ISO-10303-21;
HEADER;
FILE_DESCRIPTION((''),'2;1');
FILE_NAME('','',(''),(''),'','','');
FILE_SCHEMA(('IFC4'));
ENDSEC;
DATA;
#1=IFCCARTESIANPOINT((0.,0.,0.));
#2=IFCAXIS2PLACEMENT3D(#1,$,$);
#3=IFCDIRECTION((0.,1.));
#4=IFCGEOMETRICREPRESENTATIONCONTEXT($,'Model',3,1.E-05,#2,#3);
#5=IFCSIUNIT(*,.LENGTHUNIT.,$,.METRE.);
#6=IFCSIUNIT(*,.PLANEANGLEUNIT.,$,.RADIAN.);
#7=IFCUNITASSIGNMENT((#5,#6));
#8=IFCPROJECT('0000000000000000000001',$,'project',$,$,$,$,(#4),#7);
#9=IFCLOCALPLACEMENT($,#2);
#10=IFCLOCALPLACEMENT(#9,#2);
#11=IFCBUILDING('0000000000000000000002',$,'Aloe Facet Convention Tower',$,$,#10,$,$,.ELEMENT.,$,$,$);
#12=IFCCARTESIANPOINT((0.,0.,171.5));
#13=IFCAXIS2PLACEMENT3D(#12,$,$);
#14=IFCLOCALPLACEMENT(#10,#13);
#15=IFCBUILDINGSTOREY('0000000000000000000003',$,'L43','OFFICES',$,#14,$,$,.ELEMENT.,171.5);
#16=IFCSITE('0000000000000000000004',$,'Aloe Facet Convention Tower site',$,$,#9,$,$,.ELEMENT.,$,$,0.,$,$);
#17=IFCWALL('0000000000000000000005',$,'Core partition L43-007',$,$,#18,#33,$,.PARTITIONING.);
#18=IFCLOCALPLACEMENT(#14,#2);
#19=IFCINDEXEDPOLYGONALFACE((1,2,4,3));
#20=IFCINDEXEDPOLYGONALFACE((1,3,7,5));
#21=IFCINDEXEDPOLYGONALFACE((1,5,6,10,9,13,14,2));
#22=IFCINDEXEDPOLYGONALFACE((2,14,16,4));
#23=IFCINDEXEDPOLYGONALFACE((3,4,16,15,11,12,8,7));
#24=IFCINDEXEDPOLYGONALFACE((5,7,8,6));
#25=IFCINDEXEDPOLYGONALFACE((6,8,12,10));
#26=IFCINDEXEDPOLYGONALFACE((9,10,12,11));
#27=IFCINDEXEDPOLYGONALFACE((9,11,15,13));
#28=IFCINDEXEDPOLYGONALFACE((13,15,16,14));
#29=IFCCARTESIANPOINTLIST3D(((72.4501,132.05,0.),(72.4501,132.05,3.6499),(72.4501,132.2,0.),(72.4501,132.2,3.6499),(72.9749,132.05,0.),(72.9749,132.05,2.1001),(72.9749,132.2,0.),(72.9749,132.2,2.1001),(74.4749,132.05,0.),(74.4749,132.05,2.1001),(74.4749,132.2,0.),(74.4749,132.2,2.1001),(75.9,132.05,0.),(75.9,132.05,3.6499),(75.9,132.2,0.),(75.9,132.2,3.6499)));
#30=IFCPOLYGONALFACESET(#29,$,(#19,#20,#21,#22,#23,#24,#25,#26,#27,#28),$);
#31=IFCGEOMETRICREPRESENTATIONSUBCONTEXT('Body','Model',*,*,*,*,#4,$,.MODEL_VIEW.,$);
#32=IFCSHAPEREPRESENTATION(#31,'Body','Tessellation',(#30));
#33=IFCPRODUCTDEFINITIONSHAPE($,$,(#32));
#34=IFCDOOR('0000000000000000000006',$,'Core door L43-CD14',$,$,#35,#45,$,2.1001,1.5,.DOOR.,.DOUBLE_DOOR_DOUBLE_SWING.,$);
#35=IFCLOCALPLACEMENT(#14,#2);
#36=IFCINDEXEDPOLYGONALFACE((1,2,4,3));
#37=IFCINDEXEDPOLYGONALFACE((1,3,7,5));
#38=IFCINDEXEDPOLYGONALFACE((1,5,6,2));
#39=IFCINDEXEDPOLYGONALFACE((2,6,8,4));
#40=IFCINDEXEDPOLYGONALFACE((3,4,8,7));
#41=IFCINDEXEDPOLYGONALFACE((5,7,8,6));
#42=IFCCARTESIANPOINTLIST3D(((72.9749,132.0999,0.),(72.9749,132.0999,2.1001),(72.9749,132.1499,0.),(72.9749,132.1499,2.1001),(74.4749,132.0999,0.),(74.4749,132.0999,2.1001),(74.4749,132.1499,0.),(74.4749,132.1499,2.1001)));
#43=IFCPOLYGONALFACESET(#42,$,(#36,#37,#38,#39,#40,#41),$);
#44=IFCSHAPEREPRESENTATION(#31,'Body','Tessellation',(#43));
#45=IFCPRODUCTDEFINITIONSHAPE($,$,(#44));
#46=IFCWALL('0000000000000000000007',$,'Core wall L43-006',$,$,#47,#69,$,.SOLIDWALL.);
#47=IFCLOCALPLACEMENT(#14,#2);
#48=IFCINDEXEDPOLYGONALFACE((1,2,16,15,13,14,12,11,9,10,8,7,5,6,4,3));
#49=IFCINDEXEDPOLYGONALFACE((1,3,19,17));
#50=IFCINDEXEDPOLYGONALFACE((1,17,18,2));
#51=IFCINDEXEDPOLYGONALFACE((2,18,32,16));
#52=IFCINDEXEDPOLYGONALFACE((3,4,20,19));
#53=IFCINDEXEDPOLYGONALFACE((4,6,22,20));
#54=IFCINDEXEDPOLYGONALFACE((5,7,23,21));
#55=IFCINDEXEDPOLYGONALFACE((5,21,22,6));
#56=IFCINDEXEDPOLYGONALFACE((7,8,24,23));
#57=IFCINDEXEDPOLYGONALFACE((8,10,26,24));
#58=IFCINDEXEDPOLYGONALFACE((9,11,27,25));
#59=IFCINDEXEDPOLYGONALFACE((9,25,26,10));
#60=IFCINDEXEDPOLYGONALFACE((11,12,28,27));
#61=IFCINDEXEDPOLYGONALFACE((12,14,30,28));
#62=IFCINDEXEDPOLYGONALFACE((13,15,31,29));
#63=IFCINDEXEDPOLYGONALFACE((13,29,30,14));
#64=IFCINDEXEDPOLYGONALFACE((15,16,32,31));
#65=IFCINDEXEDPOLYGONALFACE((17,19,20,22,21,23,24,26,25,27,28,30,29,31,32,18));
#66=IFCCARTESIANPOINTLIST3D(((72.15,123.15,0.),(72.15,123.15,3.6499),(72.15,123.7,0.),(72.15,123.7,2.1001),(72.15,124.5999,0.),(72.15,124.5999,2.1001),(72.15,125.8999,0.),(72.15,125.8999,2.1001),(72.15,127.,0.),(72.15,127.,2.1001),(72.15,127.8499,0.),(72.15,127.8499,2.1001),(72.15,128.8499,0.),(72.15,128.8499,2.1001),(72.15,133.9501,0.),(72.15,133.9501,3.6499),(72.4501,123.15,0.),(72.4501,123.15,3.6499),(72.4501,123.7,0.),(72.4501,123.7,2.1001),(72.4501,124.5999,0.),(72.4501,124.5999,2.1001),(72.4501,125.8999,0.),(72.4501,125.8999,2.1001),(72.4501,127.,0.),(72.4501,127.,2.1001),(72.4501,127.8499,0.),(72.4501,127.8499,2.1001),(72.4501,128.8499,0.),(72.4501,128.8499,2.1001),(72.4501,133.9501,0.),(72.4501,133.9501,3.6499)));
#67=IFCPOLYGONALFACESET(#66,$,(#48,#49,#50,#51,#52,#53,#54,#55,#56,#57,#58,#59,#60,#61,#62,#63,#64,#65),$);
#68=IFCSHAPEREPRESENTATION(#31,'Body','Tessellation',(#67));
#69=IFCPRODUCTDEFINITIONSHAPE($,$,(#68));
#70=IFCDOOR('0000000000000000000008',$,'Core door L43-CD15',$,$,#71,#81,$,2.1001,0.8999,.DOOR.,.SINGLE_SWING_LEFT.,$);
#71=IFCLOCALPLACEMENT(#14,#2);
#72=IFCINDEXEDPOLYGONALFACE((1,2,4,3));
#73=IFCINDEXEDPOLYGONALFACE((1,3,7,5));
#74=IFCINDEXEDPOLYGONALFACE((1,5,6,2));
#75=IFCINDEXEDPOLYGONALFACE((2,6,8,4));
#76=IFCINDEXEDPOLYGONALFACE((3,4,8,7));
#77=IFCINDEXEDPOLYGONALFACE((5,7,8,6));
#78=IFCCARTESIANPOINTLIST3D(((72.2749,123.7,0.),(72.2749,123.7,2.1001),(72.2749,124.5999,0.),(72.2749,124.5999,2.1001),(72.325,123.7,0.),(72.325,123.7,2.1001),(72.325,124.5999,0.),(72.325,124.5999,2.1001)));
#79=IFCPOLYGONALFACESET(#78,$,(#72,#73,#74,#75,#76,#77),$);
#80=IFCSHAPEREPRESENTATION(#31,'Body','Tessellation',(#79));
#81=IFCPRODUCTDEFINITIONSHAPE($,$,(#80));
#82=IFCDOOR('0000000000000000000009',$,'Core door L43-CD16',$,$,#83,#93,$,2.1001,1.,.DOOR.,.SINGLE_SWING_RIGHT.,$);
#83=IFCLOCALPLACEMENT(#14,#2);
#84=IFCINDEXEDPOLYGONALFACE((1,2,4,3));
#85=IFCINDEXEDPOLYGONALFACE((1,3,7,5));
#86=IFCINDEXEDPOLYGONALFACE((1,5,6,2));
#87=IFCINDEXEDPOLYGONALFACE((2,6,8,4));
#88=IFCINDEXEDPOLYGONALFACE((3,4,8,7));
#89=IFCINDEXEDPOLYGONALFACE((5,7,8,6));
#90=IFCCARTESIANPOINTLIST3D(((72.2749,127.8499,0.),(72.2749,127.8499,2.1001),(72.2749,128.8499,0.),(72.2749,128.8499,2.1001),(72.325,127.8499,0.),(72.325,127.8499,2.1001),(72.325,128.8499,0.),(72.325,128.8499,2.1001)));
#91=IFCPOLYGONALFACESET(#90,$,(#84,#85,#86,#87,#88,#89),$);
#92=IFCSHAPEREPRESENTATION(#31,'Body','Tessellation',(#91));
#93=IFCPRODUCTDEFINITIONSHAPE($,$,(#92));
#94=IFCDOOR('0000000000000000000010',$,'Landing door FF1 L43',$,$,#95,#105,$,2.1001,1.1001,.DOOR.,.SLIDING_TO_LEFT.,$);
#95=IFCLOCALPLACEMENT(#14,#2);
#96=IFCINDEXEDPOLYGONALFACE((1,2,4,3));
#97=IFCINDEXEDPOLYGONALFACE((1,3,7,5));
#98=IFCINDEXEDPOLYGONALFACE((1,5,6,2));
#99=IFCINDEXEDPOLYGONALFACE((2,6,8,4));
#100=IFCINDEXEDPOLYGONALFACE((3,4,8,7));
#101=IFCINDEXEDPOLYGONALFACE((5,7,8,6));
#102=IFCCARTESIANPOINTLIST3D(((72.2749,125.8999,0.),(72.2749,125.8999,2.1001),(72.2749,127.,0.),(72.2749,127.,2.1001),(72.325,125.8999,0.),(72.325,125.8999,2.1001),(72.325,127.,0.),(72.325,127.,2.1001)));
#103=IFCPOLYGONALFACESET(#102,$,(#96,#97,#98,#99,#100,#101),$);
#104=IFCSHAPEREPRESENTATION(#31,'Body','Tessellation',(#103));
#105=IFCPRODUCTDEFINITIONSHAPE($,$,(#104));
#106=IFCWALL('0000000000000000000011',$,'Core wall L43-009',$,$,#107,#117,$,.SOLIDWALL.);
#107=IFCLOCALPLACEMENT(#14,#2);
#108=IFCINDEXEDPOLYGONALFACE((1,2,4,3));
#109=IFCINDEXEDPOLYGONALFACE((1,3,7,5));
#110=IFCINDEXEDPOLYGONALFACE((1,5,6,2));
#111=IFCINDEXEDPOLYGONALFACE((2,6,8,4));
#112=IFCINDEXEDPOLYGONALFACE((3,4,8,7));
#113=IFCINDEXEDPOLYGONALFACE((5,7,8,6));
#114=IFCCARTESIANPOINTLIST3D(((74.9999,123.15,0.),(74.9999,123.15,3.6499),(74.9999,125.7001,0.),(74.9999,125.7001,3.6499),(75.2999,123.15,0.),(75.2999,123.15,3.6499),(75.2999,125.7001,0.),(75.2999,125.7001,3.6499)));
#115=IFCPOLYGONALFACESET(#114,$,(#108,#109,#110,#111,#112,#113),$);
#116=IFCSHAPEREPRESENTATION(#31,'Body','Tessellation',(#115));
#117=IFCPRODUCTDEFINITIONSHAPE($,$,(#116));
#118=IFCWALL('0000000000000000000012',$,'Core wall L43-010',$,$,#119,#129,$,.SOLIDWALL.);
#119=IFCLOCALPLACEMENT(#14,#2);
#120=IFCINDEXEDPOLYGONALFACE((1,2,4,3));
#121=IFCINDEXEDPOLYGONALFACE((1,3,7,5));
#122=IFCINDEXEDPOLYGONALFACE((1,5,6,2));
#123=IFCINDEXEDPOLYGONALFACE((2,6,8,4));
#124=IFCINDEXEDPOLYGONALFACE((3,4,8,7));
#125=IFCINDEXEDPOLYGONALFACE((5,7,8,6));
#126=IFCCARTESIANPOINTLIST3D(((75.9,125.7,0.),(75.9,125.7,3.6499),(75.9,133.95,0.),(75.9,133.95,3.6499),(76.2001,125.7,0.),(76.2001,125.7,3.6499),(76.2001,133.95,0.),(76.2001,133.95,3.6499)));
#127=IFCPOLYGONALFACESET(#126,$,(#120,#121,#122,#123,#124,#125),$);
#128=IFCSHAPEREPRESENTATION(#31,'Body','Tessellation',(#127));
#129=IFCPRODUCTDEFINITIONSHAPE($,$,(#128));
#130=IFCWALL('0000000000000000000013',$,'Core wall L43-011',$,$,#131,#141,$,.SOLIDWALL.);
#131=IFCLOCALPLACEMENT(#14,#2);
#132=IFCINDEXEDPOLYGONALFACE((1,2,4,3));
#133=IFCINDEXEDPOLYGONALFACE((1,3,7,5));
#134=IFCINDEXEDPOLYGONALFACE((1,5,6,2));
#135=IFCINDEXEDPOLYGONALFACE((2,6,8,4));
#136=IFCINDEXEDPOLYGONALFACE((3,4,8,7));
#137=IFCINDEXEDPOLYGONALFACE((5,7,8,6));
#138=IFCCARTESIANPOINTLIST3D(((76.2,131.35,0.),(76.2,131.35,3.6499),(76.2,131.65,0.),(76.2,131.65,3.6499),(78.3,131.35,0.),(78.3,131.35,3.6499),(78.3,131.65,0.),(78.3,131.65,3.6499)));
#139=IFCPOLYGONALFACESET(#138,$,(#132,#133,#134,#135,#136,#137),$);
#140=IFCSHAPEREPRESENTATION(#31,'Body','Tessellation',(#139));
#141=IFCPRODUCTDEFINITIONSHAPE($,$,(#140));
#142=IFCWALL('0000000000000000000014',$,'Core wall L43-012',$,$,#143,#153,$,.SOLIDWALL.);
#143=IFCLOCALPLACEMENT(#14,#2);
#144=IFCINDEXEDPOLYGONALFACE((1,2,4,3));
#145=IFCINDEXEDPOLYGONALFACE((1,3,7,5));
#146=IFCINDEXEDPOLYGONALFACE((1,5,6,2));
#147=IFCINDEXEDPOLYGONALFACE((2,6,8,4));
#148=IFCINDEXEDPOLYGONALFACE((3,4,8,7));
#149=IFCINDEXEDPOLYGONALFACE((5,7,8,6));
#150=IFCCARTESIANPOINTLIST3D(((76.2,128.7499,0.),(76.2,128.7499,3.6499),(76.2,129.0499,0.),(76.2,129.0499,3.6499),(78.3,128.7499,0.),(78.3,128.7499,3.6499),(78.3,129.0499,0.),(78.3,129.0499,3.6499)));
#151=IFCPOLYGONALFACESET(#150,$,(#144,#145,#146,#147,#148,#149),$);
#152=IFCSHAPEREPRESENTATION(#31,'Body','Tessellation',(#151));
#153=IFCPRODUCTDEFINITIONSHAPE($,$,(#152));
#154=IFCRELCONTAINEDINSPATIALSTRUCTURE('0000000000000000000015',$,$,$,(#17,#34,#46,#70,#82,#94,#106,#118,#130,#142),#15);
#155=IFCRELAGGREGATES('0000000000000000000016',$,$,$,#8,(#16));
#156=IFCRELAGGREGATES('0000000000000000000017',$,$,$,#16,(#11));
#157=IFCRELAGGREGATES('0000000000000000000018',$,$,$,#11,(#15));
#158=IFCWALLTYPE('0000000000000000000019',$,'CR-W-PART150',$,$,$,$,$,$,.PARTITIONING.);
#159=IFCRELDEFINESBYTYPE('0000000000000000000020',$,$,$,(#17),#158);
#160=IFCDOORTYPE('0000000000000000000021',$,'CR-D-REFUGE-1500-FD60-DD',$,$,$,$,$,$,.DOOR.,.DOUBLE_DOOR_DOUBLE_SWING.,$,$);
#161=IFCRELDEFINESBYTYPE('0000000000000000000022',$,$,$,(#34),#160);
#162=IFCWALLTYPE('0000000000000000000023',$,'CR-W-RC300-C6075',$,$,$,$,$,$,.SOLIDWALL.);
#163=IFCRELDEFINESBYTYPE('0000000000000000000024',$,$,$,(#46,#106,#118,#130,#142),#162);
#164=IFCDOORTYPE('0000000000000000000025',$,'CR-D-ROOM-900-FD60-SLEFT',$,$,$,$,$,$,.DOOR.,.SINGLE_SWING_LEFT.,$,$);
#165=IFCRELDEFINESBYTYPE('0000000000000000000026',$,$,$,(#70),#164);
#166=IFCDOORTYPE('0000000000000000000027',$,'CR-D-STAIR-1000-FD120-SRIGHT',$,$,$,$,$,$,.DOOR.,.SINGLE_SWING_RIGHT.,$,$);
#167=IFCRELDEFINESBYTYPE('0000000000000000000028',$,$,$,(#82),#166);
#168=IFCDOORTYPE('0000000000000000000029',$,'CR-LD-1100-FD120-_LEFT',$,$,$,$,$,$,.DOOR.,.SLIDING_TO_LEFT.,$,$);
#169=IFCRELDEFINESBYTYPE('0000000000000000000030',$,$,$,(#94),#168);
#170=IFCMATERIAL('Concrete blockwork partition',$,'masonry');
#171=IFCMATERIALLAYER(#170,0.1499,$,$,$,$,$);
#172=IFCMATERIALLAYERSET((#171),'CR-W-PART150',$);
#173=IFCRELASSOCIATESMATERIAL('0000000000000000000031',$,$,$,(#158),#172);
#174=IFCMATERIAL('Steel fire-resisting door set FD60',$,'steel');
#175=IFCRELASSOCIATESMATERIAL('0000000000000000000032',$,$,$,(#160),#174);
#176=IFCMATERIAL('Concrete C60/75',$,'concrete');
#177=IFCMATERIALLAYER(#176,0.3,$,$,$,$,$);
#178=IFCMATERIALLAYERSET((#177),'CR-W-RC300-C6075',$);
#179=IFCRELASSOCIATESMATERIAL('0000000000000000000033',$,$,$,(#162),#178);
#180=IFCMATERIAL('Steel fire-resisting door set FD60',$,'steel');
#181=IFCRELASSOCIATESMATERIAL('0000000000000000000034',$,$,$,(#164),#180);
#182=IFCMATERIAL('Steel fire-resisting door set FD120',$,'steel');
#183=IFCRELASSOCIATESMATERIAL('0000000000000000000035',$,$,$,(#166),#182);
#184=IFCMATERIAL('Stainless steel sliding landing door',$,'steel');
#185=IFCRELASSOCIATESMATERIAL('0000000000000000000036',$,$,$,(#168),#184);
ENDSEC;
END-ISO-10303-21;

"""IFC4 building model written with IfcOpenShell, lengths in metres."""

from ifc_helpers import new_model, si_unit, direction, frame, frame_2d, origin, place, context, subcontext, project, spatial, rectangle, extrude, material, layer, layer_set, type_object, element, fill, save


model = new_model("IFC4")

# Units and contexts
model_context = context("Model", 3, precision=1e-05, world=origin(), true_north=direction((0.0, 1.0)))
body_context = subcontext(model_context, "Body", "Model", "MODEL_VIEW")
ifc_project = project(units=[si_unit("LENGTHUNIT", "METRE"), si_unit("PLANEANGLEUNIT", "RADIAN")], contexts=[model_context])

# Site, building, storey
site_placement = place(None, origin())
site = spatial("IfcSite", under=ifc_project, at=site_placement, Name="Aloe Facet Convention Tower site", CompositionType="ELEMENT", RefElevation=0.0)
building_placement = place(site_placement, origin())
building = spatial("IfcBuilding", under=site, at=building_placement, Name="Aloe Facet Convention Tower", CompositionType="ELEMENT")
storey_placement = place(building_placement, frame((0.0, 0.0, 171.5)))
storey = spatial("IfcBuildingStorey", under=building, at=storey_placement, Name="L43", Description="OFFICES", CompositionType="ELEMENT", Elevation=171.5)

# Wall, opening, door
ifc_material_1 = material(Name="Concrete blockwork partition", Category="masonry")
ifc_layer_1 = layer(ifc_material_1, 0.1499)
ifc_layer_set_1 = layer_set([ifc_layer_1], Name="CR-W-PART150")
wall_type_1 = type_object("IfcWallType", Name="CR-W-PART150", PredefinedType="PARTITIONING", material=ifc_layer_set_1)
wall_1_placement = place(storey_placement, frame((72.45, 132.125, 0.0), z_axis=(0.0, 0.0, 1.0), x_axis=(1.0, 0.0, 0.0)))
wall_1 = element("IfcWall", 1, at=wall_1_placement, inside=storey, type_object=wall_type_1, Name="Core partition L43-007", PredefinedType="PARTITIONING", context=body_context, shape_type="SweptSolid", body=[
    extrude(rectangle(XDim=3.45, YDim=0.1499, at=frame_2d((1.7251, 0.0))), origin(), (0.0, 0.0, 1.0), 3.6499),
])
opening_1_placement = place(wall_1_placement, frame((0.5249, 0.0, 0.0)))
opening_1 = element("IfcOpeningElement", 2, at=opening_1_placement, cuts=wall_1, PredefinedType="OPENING", context=body_context, shape_type="SweptSolid", body=[
    extrude(rectangle(XDim=1.5, YDim=2.1001, at=frame_2d((0.75, 1.05))), frame((0.0, 0.085, 0.0), z_axis=(0.0, -1.0, 0.0), x_axis=(1.0, 0.0, 0.0)), (0.0, 0.0, 1.0), 0.1699),
])
ifc_material_2 = material(Name="Steel fire-resisting door set FD60", Category="steel")
door_type_1 = type_object("IfcDoorType", Name="CR-D-REFUGE-1500-FD60-DD", OperationType="DOUBLE_DOOR_DOUBLE_SWING", PredefinedType="DOOR", material=ifc_material_2)
door_1_placement = place(opening_1_placement, origin())
door_1 = element("IfcDoor", 3, at=door_1_placement, inside=storey, type_object=door_type_1, Name="Core door L43-CD14", OperationType="DOUBLE_DOOR_DOUBLE_SWING", OverallHeight=2.1001, OverallWidth=1.5, PredefinedType="DOOR", context=body_context, shape_type="SweptSolid", body=[
    extrude(rectangle(XDim=1.5, YDim=2.1001, at=frame_2d((0.75, 1.05))), frame((0.0, 0.0249, 0.0), z_axis=(0.0, -1.0, 0.0), x_axis=(1.0, 0.0, 0.0)), (0.0, 0.0, 1.0), 0.05),
])
fill(opening_1, door_1)

# Wall, openings, doors
ifc_material_3 = material(Name="Concrete C60/75", Category="concrete")
ifc_layer_2 = layer(ifc_material_3, 0.3)
ifc_layer_set_2 = layer_set([ifc_layer_2], Name="CR-W-RC300-C6075")
wall_type_2 = type_object("IfcWallType", Name="CR-W-RC300-C6075", PredefinedType="SOLIDWALL", material=ifc_layer_set_2)
wall_2_placement = place(storey_placement, frame((72.3, 133.95, 0.0), z_axis=(0.0, 0.0, 1.0), x_axis=(0.0, -1.0, 0.0)))
wall_2 = element("IfcWall", 4, at=wall_2_placement, inside=storey, type_object=wall_type_2, Name="Core wall L43-006", PredefinedType="SOLIDWALL", context=body_context, shape_type="SweptSolid", body=[
    extrude(rectangle(XDim=10.8, YDim=0.3, at=frame_2d((5.3999, 0.0))), origin(), (0.0, 0.0, 1.0), 3.6499),
])
opening_2_placement = place(wall_2_placement, frame((6.95, 0.0, 0.0)))
opening_2 = element("IfcOpeningElement", 5, at=opening_2_placement, cuts=wall_2, PredefinedType="OPENING", context=body_context, shape_type="SweptSolid", body=[
    extrude(rectangle(XDim=1.1001, YDim=2.1001, at=frame_2d((0.55, 1.05))), frame((0.0, 0.1602, 0.0), z_axis=(0.0, -1.0, 0.0), x_axis=(1.0, 0.0, 0.0)), (0.0, 0.0, 1.0), 0.3201),
])
opening_3_placement = place(wall_2_placement, frame((9.3501, 0.0, 0.0)))
opening_3 = element("IfcOpeningElement", 6, at=opening_3_placement, cuts=wall_2, PredefinedType="OPENING", context=body_context, shape_type="SweptSolid", body=[
    extrude(rectangle(XDim=0.8999, YDim=2.1001, at=frame_2d((0.45, 1.05))), frame((0.0, 0.1602, 0.0), z_axis=(0.0, -1.0, 0.0), x_axis=(1.0, 0.0, 0.0)), (0.0, 0.0, 1.0), 0.3201),
])
opening_4_placement = place(wall_2_placement, frame((5.1001, 0.0, 0.0)))
opening_4 = element("IfcOpeningElement", 7, at=opening_4_placement, cuts=wall_2, PredefinedType="OPENING", context=body_context, shape_type="SweptSolid", body=[
    extrude(rectangle(XDim=1.0, YDim=2.1001, at=frame_2d((0.5, 1.05))), frame((0.0, 0.1602, 0.0), z_axis=(0.0, -1.0, 0.0), x_axis=(1.0, 0.0, 0.0)), (0.0, 0.0, 1.0), 0.3201),
])
ifc_material_4 = material(Name="Steel fire-resisting door set FD60", Category="steel")
door_type_2 = type_object("IfcDoorType", Name="CR-D-ROOM-900-FD60-SLEFT", OperationType="SINGLE_SWING_LEFT", PredefinedType="DOOR", material=ifc_material_4)
door_2_placement = place(opening_3_placement, origin())
door_2 = element("IfcDoor", 8, at=door_2_placement, inside=storey, type_object=door_type_2, Name="Core door L43-CD15", OperationType="SINGLE_SWING_LEFT", OverallHeight=2.1001, OverallWidth=0.8999, PredefinedType="DOOR", context=body_context, shape_type="SweptSolid", body=[
    extrude(rectangle(XDim=0.8999, YDim=2.1001, at=frame_2d((0.45, 1.05))), frame((0.0, 0.0249, 0.0), z_axis=(0.0, -1.0, 0.0), x_axis=(1.0, 0.0, 0.0)), (0.0, 0.0, 1.0), 0.05),
])
fill(opening_3, door_2)
ifc_material_5 = material(Name="Steel fire-resisting door set FD120", Category="steel")
door_type_3 = type_object("IfcDoorType", Name="CR-D-STAIR-1000-FD120-SRIGHT", OperationType="SINGLE_SWING_RIGHT", PredefinedType="DOOR", material=ifc_material_5)
door_3_placement = place(opening_4_placement, origin())
door_3 = element("IfcDoor", 9, at=door_3_placement, inside=storey, type_object=door_type_3, Name="Core door L43-CD16", OperationType="SINGLE_SWING_RIGHT", OverallHeight=2.1001, OverallWidth=1.0, PredefinedType="DOOR", context=body_context, shape_type="SweptSolid", body=[
    extrude(rectangle(XDim=1.0, YDim=2.1001, at=frame_2d((0.5, 1.05))), frame((0.0, 0.0249, 0.0), z_axis=(0.0, -1.0, 0.0), x_axis=(1.0, 0.0, 0.0)), (0.0, 0.0, 1.0), 0.05),
])
fill(opening_4, door_3)
ifc_material_6 = material(Name="Stainless steel sliding landing door", Category="steel")
door_type_4 = type_object("IfcDoorType", Name="CR-LD-1100-FD120-_LEFT", OperationType="SLIDING_TO_LEFT", PredefinedType="DOOR", material=ifc_material_6)
door_4_placement = place(opening_2_placement, origin())
door_4 = element("IfcDoor", 10, at=door_4_placement, inside=storey, type_object=door_type_4, Name="Landing door FF1 L43", OperationType="SLIDING_TO_LEFT", OverallHeight=2.1001, OverallWidth=1.1001, PredefinedType="DOOR", context=body_context, shape_type="SweptSolid", body=[
    extrude(rectangle(XDim=1.1001, YDim=2.1001, at=frame_2d((0.55, 1.05))), frame((0.0, 0.0249, 0.0), z_axis=(0.0, -1.0, 0.0), x_axis=(1.0, 0.0, 0.0)), (0.0, 0.0, 1.0), 0.05),
])
fill(opening_2, door_4)

# Walls
wall_3_placement = place(storey_placement, frame((75.1499, 125.7, 0.0), z_axis=(0.0, 0.0, 1.0), x_axis=(0.0, -1.0, 0.0)))
element("IfcWall", 11, at=wall_3_placement, inside=storey, type_object=wall_type_2, Name="Core wall L43-009", PredefinedType="SOLIDWALL", context=body_context, shape_type="SweptSolid", body=[
    extrude(rectangle(XDim=2.55, YDim=0.3, at=frame_2d((1.2749, 0.0))), origin(), (0.0, 0.0, 1.0), 3.6499),
])
wall_4_placement = place(storey_placement, frame((76.05, 133.95, 0.0), z_axis=(0.0, 0.0, 1.0), x_axis=(0.0, -1.0, 0.0)))
element("IfcWall", 12, at=wall_4_placement, inside=storey, type_object=wall_type_2, Name="Core wall L43-010", PredefinedType="SOLIDWALL", context=body_context, shape_type="SweptSolid", body=[
    extrude(rectangle(XDim=8.25, YDim=0.3, at=frame_2d((4.125, 0.0))), origin(), (0.0, 0.0, 1.0), 3.6499),
])
for number, where, z_axis, x_axis, name in (
    (13, (76.2, 131.5, 0.0), (0.0, 0.0, 1.0), (1.0, 0.0, 0.0), "Core wall L43-011"),
    (14, (76.2, 128.8999, 0.0), (0.0, 0.0, 1.0), (1.0, 0.0, 0.0), "Core wall L43-012"),
):
    element("IfcWall", number, at=place(storey_placement, frame(where, z_axis=z_axis, x_axis=x_axis)), inside=storey, type_object=wall_type_2, Name=name, PredefinedType="SOLIDWALL", context=body_context, shape_type="SweptSolid", body=[
        extrude(rectangle(XDim=2.1001, YDim=0.3, at=frame_2d((1.05, 0.0))), origin(), (0.0, 0.0, 1.0), 3.6499),
    ])

save(model, "model.ifc")
